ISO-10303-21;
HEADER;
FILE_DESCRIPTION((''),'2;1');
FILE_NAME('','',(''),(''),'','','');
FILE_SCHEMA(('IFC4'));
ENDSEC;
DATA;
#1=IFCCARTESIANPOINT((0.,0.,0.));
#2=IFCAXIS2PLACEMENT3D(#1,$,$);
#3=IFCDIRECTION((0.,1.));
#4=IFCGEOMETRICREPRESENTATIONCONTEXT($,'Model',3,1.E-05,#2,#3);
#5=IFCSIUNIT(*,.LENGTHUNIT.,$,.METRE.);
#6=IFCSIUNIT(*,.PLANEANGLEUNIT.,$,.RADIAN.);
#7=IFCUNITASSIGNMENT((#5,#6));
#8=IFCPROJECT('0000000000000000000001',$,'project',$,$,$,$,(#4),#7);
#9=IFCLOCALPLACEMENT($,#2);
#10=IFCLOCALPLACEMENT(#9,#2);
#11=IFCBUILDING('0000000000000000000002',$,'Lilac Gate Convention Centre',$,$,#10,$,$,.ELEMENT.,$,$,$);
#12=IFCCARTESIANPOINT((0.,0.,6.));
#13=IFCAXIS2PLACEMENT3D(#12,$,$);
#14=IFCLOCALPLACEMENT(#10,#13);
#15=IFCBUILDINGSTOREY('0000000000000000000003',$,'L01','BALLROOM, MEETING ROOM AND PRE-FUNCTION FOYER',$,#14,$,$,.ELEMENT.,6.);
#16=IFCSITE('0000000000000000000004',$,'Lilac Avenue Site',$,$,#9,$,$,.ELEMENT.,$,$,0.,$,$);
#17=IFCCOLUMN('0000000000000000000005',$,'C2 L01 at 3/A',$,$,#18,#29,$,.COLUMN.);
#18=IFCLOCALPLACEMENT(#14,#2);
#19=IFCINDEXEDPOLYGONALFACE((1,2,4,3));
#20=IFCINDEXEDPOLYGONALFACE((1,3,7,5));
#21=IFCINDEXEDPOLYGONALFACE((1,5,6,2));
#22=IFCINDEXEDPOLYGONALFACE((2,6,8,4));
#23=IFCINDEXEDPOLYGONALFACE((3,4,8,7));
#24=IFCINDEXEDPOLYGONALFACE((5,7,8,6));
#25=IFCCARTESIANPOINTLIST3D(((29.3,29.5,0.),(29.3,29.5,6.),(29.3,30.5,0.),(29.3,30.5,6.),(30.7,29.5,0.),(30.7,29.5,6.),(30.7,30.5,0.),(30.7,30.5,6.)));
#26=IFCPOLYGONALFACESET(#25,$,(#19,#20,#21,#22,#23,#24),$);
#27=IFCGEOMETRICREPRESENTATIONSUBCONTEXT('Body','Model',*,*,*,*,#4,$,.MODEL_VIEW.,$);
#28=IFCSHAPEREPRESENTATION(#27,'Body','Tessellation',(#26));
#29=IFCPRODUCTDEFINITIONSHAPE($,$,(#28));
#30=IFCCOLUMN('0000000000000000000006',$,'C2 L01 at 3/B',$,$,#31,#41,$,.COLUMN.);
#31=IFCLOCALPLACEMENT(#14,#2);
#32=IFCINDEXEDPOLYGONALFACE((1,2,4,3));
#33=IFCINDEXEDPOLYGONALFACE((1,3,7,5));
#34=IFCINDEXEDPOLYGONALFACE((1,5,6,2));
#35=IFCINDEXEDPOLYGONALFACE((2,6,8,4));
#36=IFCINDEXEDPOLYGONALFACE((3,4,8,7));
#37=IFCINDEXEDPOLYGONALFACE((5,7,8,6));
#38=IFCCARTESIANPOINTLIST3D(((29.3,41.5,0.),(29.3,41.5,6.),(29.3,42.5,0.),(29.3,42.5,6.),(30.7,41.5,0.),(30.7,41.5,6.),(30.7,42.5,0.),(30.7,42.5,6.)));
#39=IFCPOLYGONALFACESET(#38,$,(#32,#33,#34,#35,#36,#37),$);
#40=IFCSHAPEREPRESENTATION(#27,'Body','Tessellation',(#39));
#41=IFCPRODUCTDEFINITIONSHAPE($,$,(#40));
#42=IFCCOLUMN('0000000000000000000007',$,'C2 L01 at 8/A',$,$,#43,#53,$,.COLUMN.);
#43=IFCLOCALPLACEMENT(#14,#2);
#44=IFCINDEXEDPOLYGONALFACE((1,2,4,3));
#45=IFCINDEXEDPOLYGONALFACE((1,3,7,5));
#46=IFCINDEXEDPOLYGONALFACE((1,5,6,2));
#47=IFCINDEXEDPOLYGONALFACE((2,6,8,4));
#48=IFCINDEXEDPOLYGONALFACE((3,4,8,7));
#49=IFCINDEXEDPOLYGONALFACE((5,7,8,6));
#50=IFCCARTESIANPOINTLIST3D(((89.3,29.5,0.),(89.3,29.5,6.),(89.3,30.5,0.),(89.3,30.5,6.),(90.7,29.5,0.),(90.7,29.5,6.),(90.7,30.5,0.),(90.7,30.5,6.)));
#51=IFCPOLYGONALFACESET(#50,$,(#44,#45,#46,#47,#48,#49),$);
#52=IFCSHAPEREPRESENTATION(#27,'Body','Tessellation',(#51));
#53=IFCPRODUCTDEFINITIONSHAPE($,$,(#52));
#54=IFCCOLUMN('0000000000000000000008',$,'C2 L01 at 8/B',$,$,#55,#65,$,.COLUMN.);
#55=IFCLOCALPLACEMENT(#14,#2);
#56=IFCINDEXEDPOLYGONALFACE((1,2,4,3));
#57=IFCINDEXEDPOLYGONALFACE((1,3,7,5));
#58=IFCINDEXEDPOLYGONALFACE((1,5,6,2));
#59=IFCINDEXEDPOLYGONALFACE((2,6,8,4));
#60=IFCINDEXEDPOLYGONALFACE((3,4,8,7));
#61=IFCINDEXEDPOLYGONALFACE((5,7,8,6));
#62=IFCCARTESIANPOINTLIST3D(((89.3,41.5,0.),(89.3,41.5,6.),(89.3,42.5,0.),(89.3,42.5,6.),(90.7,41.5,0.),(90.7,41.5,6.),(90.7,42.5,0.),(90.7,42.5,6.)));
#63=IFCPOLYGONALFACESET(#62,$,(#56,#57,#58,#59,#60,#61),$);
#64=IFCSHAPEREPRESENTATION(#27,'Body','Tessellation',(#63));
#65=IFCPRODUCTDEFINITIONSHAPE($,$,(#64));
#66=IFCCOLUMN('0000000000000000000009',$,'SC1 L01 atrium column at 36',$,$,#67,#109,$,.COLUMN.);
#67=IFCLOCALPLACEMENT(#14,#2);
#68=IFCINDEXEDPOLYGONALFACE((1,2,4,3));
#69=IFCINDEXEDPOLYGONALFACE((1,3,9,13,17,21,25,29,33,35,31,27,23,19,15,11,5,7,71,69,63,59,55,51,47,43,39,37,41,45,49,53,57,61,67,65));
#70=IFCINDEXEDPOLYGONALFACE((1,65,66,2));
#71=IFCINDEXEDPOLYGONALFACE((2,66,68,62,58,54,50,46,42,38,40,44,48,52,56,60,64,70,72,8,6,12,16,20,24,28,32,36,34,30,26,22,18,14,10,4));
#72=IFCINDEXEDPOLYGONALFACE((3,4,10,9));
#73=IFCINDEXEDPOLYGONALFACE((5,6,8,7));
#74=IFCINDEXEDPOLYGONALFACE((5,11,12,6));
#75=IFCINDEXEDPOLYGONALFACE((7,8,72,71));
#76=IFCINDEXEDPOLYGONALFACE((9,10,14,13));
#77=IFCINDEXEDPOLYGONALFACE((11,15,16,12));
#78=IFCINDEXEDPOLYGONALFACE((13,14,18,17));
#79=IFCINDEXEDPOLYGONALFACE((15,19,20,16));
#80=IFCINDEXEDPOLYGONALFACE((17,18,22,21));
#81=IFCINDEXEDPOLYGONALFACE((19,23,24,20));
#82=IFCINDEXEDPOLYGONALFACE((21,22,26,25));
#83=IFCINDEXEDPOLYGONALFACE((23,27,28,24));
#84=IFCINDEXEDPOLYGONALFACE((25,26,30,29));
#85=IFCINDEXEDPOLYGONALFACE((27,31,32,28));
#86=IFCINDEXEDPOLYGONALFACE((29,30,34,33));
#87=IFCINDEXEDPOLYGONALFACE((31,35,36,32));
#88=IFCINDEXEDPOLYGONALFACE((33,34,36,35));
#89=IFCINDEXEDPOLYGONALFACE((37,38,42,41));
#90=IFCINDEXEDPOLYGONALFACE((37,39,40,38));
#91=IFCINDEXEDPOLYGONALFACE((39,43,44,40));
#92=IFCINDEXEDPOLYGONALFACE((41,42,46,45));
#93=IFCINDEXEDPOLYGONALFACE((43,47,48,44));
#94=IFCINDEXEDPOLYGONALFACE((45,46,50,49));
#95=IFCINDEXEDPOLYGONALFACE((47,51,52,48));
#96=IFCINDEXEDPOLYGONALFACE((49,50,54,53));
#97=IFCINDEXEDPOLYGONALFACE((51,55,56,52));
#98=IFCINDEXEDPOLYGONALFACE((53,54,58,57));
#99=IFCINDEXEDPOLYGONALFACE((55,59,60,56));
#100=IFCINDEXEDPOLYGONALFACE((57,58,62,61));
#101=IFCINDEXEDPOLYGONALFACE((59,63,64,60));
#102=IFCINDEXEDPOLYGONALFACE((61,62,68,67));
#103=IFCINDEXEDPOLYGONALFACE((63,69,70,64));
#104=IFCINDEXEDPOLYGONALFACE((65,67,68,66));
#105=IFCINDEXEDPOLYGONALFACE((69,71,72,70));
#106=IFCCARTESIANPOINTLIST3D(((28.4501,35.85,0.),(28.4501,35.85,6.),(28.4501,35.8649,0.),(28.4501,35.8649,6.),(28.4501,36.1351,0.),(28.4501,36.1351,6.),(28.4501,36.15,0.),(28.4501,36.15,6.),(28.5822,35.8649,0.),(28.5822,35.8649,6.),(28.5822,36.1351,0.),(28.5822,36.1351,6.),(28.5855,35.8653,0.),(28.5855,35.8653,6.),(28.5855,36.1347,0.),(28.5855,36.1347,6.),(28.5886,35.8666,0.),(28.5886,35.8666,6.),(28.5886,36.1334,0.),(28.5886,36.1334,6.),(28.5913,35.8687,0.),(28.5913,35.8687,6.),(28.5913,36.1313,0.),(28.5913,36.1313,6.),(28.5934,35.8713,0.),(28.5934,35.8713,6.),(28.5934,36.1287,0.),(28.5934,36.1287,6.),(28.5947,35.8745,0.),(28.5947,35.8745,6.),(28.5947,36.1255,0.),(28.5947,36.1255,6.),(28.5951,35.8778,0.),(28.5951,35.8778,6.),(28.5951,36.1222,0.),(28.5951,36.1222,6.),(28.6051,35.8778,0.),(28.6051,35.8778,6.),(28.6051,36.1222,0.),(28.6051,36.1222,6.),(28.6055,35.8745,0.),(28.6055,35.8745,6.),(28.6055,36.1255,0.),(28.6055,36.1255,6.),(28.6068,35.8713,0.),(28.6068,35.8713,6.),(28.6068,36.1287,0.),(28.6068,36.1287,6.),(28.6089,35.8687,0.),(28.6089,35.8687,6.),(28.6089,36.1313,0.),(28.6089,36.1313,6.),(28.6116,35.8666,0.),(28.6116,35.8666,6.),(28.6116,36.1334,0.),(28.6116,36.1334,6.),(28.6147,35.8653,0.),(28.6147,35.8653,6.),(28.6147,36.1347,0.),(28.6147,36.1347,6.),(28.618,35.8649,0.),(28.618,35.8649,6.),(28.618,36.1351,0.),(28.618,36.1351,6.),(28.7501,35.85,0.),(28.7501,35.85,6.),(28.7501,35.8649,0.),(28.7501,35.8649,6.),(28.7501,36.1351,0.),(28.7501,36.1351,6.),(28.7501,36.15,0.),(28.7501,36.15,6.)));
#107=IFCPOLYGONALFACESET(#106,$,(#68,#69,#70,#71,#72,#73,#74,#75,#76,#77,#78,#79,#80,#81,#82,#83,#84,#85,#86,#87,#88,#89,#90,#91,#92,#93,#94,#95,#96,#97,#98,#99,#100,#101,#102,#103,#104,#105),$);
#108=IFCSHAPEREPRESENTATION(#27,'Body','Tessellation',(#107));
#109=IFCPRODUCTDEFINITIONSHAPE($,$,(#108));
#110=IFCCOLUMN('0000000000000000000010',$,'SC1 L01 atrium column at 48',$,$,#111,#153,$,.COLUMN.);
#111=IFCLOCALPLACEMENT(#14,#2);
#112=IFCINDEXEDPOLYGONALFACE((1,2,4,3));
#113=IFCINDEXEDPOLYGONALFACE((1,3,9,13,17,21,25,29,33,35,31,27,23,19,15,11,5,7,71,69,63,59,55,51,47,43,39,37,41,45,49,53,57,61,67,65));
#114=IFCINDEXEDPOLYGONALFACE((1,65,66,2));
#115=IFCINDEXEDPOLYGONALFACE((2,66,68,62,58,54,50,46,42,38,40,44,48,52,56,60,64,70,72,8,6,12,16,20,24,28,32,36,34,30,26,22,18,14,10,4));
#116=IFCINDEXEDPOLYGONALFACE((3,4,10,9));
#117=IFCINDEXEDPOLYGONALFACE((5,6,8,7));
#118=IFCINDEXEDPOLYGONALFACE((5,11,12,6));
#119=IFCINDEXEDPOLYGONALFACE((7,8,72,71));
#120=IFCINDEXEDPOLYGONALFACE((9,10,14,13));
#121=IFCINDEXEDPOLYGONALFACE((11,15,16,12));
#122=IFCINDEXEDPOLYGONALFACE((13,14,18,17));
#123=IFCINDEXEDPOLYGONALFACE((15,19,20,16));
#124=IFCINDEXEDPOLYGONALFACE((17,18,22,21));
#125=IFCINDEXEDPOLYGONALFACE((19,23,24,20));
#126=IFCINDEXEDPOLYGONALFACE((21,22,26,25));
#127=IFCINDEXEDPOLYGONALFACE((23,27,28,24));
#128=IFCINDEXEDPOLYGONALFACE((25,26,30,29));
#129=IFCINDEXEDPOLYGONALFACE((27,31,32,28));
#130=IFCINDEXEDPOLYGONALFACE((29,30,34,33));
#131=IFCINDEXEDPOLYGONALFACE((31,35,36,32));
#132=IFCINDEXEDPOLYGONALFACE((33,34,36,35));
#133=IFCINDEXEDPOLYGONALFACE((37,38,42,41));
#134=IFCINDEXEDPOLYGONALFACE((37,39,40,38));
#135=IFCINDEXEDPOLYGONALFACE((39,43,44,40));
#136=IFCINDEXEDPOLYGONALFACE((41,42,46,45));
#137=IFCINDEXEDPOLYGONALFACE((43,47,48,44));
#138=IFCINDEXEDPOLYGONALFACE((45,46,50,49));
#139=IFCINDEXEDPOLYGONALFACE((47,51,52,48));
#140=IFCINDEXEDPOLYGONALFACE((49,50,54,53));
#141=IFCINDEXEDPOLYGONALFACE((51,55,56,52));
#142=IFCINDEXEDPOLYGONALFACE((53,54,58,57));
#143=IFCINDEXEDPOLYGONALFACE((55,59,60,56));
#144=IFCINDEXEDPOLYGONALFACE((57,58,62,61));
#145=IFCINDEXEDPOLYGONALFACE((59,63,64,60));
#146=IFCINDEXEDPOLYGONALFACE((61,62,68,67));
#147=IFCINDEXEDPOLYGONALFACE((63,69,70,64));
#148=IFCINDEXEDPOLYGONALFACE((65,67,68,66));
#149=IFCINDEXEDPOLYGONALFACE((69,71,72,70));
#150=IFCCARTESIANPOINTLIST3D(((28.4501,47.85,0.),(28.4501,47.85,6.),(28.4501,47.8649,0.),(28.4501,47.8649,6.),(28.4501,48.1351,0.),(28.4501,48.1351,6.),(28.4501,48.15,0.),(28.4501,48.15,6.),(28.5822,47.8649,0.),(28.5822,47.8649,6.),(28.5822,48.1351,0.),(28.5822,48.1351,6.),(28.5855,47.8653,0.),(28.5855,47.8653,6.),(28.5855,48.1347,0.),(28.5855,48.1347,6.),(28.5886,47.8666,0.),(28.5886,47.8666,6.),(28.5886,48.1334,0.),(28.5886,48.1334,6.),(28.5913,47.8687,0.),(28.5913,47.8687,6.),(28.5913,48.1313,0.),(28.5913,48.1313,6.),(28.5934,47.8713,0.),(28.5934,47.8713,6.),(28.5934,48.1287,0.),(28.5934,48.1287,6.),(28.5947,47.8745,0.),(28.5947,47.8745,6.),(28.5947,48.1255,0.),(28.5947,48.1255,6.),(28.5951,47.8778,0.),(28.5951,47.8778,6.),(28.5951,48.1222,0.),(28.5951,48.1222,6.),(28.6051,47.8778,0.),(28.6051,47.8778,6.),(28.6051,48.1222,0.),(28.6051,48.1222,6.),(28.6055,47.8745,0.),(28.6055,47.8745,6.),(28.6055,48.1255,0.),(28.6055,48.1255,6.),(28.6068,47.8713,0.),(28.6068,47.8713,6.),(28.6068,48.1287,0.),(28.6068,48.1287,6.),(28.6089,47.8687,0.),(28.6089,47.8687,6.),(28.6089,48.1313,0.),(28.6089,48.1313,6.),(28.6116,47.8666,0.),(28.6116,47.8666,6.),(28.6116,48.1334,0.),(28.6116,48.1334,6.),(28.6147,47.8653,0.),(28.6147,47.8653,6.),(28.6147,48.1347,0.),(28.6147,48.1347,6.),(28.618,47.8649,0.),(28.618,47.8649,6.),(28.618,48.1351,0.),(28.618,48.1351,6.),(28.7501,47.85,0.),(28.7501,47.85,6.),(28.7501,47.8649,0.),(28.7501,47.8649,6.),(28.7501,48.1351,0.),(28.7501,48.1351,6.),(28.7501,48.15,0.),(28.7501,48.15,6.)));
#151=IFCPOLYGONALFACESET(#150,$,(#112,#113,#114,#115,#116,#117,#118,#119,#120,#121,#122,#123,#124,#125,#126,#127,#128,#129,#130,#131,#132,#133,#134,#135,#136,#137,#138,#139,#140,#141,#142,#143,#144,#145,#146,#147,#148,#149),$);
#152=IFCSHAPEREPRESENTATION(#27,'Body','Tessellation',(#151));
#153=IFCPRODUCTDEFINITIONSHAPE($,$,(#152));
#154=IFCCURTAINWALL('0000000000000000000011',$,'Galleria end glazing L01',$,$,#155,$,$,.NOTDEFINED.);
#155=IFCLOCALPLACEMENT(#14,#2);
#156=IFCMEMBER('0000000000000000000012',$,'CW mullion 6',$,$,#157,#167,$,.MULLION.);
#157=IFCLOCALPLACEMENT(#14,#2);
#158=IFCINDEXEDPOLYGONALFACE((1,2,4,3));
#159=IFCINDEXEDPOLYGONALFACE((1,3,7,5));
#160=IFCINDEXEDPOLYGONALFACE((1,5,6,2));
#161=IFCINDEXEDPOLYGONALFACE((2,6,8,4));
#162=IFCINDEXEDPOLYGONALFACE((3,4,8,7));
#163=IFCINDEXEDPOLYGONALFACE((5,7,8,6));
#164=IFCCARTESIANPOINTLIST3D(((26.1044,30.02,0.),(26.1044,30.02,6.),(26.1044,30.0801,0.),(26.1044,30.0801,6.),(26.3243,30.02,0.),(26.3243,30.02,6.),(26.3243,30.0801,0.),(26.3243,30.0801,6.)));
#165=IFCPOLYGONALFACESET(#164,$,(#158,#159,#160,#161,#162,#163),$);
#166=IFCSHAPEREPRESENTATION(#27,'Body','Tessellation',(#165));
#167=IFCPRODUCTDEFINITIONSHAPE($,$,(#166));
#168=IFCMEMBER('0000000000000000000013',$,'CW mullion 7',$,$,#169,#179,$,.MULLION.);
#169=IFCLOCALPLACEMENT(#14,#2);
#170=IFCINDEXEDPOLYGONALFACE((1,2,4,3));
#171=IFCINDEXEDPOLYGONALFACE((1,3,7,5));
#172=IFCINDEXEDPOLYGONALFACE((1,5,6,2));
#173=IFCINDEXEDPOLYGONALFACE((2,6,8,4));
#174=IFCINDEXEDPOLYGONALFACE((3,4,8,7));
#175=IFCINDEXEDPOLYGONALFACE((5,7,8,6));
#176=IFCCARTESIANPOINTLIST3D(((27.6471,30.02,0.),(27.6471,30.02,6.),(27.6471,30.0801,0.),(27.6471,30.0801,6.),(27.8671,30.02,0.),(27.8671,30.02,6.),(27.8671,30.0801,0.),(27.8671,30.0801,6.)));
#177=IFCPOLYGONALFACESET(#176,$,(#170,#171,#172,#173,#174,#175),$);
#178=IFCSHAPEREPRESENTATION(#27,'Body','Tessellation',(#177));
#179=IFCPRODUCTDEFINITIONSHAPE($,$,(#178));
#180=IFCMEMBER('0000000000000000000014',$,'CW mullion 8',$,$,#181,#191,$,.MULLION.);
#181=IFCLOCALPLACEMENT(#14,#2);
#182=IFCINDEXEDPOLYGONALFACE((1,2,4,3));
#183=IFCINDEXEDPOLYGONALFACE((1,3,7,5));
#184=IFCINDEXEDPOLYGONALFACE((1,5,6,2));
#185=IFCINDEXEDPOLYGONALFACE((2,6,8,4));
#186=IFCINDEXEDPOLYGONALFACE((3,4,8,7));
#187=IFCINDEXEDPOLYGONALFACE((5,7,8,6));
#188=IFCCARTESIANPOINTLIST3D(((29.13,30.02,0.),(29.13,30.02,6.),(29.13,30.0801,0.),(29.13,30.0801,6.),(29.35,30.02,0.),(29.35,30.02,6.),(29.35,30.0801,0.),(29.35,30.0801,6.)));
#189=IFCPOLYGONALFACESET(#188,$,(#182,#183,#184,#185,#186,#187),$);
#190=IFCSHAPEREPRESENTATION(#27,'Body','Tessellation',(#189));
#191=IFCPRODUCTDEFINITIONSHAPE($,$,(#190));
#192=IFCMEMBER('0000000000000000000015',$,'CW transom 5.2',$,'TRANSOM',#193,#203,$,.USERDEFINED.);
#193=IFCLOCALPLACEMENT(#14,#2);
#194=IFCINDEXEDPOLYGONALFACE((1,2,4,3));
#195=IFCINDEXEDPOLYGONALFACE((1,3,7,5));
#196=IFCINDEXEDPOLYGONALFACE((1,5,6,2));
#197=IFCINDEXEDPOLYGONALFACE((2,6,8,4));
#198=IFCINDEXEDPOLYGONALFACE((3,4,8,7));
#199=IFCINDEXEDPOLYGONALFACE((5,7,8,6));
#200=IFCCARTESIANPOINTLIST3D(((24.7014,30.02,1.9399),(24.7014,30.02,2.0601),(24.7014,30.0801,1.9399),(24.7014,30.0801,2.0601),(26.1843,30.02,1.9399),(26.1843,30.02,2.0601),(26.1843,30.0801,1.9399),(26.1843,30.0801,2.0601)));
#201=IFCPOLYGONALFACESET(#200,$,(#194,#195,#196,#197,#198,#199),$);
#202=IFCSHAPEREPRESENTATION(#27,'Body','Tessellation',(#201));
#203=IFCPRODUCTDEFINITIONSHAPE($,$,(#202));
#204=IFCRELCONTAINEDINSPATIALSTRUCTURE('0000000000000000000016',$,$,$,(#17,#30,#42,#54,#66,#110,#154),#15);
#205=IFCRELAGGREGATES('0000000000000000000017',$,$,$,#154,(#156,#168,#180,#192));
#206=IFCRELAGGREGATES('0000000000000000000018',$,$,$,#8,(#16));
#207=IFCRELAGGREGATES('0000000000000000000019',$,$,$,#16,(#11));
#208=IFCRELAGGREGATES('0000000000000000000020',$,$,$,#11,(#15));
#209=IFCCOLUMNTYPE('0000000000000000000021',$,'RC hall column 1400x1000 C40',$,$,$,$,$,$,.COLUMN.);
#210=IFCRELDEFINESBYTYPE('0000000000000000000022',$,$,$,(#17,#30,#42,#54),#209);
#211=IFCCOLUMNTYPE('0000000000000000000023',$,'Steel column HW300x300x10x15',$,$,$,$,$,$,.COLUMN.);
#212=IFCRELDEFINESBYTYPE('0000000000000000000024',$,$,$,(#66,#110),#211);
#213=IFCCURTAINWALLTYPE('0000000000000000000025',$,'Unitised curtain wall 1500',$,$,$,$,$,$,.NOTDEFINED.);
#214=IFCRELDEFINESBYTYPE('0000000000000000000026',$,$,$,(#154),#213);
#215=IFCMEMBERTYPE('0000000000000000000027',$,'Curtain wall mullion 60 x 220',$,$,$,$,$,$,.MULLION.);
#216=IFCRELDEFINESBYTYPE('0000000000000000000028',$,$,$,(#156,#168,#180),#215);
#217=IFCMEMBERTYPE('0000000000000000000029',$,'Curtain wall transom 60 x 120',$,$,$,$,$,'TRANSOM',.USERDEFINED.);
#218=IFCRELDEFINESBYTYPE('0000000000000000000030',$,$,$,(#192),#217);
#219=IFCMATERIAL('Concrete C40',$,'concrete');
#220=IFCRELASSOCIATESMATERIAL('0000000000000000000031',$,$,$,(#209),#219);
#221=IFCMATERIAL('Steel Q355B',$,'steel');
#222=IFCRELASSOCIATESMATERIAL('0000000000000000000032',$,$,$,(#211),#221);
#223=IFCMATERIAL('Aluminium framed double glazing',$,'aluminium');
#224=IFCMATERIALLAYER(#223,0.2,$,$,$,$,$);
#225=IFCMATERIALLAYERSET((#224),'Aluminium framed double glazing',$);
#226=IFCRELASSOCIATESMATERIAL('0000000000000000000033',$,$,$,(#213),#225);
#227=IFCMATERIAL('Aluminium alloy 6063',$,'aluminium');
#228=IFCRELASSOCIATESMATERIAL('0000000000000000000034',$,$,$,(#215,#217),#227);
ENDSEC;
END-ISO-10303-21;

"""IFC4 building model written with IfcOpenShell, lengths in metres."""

from ifc_helpers import new_model, si_unit, direction, frame, origin, origin_2d, place, context, subcontext, project, spatial, rectangle, i_section, extrude, material, layer, layer_set, material_profile, profile_set, type_object, element, aggregate, save


model = new_model("IFC4")

# Units and contexts
model_context = context("Model", 3, precision=1e-05, world=origin(), true_north=direction((0.0, 1.0)))
body_context = subcontext(model_context, "Body", "Model", "MODEL_VIEW")
ifc_project = project(units=[si_unit("LENGTHUNIT", "METRE"), si_unit("PLANEANGLEUNIT", "RADIAN")], contexts=[model_context])

# Site, building, storey
site_placement = place(None, origin())
site = spatial("IfcSite", under=ifc_project, at=site_placement, Name="Lilac Avenue Site", CompositionType="ELEMENT", RefElevation=0.0)
building_placement = place(site_placement, origin())
building = spatial("IfcBuilding", under=site, at=building_placement, Name="Lilac Gate Convention Centre", CompositionType="ELEMENT")
storey_placement = place(building_placement, frame((0.0, 0.0, 6.0)))
storey = spatial("IfcBuildingStorey", under=building, at=storey_placement, Name="L01", Description="BALLROOM, MEETING ROOM AND PRE-FUNCTION FOYER", CompositionType="ELEMENT", Elevation=6.0)

# Columns
ifc_material_1 = material(Name="Concrete C40", Category="concrete")
ifc_material_profile_1 = material_profile(ifc_material_1, rectangle(XDim=1.3999, YDim=1.0, at=origin_2d()), Name="RC 1400x1000")
ifc_profile_set_1 = profile_set([ifc_material_profile_1], Name="Concrete C40")
column_type_1 = type_object("IfcColumnType", Name="RC hall column 1400x1000 C40", PredefinedType="COLUMN", material=ifc_profile_set_1)
for number, where, z_axis, x_axis, name in (
    (1, (30.0, 30.0, 0.0), (0.0, 0.0, 1.0), (1.0, 0.0, 0.0), "C2 L01 at 3/A"),
    (2, (30.0, 42.0, 0.0), (0.0, 0.0, 1.0), (1.0, 0.0, 0.0), "C2 L01 at 3/B"),
    (3, (90.0, 30.0, 0.0), (0.0, 0.0, 1.0), (1.0, 0.0, 0.0), "C2 L01 at 8/A"),
    (4, (90.0, 42.0, 0.0), (0.0, 0.0, 1.0), (1.0, 0.0, 0.0), "C2 L01 at 8/B"),
):
    element("IfcColumn", number, at=place(storey_placement, frame(where, z_axis=z_axis, x_axis=x_axis)), inside=storey, type_object=column_type_1, Name=name, PredefinedType="COLUMN", context=body_context, shape_type="SweptSolid", body=[
        extrude(rectangle(XDim=1.3999, YDim=1.0, at=origin_2d()), origin(), (0.0, 0.0, 1.0), 6.0),
    ])
ifc_material_2 = material(Name="Steel Q355B", Category="steel")
ifc_material_profile_2 = material_profile(ifc_material_2, i_section(OverallWidth=0.3, OverallDepth=0.3, WebThickness=0.01, FlangeThickness=0.0149, FilletRadius=0.0129, at=origin_2d()), Name="HW300x300x10x15")
ifc_profile_set_2 = profile_set([ifc_material_profile_2], Name="Steel Q355B")
column_type_2 = type_object("IfcColumnType", Name="Steel column HW300x300x10x15", PredefinedType="COLUMN", material=ifc_profile_set_2)
for number, where, z_axis, x_axis, name in (
    (5, (28.6001, 36.0, 0.0), (0.0, 0.0, 1.0), (1.0, 0.0, 0.0), "SC1 L01 atrium column at 36"),
    (6, (28.6001, 48.0, 0.0), (0.0, 0.0, 1.0), (1.0, 0.0, 0.0), "SC1 L01 atrium column at 48"),
):
    element("IfcColumn", number, at=place(storey_placement, frame(where, z_axis=z_axis, x_axis=x_axis)), inside=storey, type_object=column_type_2, Name=name, PredefinedType="COLUMN", context=body_context, shape_type="SweptSolid", body=[
        extrude(i_section(OverallWidth=0.3, OverallDepth=0.3, WebThickness=0.01, FlangeThickness=0.0149, FilletRadius=0.0129, at=origin_2d()), origin(), (0.0, 0.0, 1.0), 6.0),
    ])

# Curtain wall, members
ifc_material_3 = material(Name="Aluminium framed double glazing", Category="aluminium")
ifc_layer_1 = layer(ifc_material_3, 0.2)
ifc_layer_set_1 = layer_set([ifc_layer_1], Name="Aluminium framed double glazing")
curtain_wall_type = type_object("IfcCurtainWallType", Name="Unitised curtain wall 1500", PredefinedType="NOTDEFINED", material=ifc_layer_set_1)
curtain_wall_placement = place(storey_placement, origin())
curtain_wall = element("IfcCurtainWall", 7, at=curtain_wall_placement, inside=storey, type_object=curtain_wall_type, Name="Galleria end glazing L01", PredefinedType="NOTDEFINED")
ifc_material_4 = material(Name="Aluminium alloy 6063", Category="aluminium")
ifc_material_profile_3 = material_profile(ifc_material_4, rectangle(XDim=0.0601, YDim=0.22, at=origin_2d()), Name="Curtain wall mullion 60 x 220")
ifc_profile_set_3 = profile_set([ifc_material_profile_3], Name="Aluminium alloy 6063")
member_type_1 = type_object("IfcMemberType", Name="Curtain wall mullion 60 x 220", PredefinedType="MULLION", material=ifc_profile_set_3)
member_1_placement = place(storey_placement, frame((26.2144, 30.05, 0.0), z_axis=(0.0, 0.0, 1.0), x_axis=(0.0, 1.0, 0.0)))
member_1 = element("IfcMember", 8, at=member_1_placement, type_object=member_type_1, Name="CW mullion 6", PredefinedType="MULLION", context=body_context, shape_type="SweptSolid", body=[
    extrude(rectangle(XDim=0.0601, YDim=0.22, at=origin_2d()), origin(), (0.0, 0.0, 1.0), 6.0),
])
member_2_placement = place(storey_placement, frame((27.7571, 30.05, 0.0), z_axis=(0.0, 0.0, 1.0), x_axis=(0.0, 1.0, 0.0)))
member_2 = element("IfcMember", 9, at=member_2_placement, type_object=member_type_1, Name="CW mullion 7", PredefinedType="MULLION", context=body_context, shape_type="SweptSolid", body=[
    extrude(rectangle(XDim=0.0601, YDim=0.22, at=origin_2d()), origin(), (0.0, 0.0, 1.0), 6.0),
])
member_3_placement = place(storey_placement, frame((29.24, 30.05, 0.0), z_axis=(0.0, 0.0, 1.0), x_axis=(0.0, 1.0, 0.0)))
member_3 = element("IfcMember", 10, at=member_3_placement, type_object=member_type_1, Name="CW mullion 8", PredefinedType="MULLION", context=body_context, shape_type="SweptSolid", body=[
    extrude(rectangle(XDim=0.0601, YDim=0.22, at=origin_2d()), origin(), (0.0, 0.0, 1.0), 6.0),
])
ifc_material_profile_4 = material_profile(ifc_material_4, rectangle(XDim=0.0601, YDim=0.1201, at=origin_2d()), Name="Curtain wall transom 60 x 120")
ifc_profile_set_4 = profile_set([ifc_material_profile_4], Name="Aluminium alloy 6063")
member_type_2 = type_object("IfcMemberType", Name="Curtain wall transom 60 x 120", ElementType="TRANSOM", PredefinedType="USERDEFINED", material=ifc_profile_set_4)
member_4_placement = place(storey_placement, frame((24.7014, 30.05, 2.0), z_axis=(1.0, 0.0, 0.0), x_axis=(0.0, 1.0, 0.0)))
member_4 = element("IfcMember", 11, at=member_4_placement, type_object=member_type_2, Name="CW transom 5.2", ObjectType="TRANSOM", PredefinedType="USERDEFINED", context=body_context, shape_type="SweptSolid", body=[
    extrude(rectangle(XDim=0.0601, YDim=0.1201, at=origin_2d()), origin(), (0.0, 0.0, 1.0), 1.4829),
])
aggregate(curtain_wall, [member_1, member_2, member_3, member_4])

save(model, "model.ifc")
